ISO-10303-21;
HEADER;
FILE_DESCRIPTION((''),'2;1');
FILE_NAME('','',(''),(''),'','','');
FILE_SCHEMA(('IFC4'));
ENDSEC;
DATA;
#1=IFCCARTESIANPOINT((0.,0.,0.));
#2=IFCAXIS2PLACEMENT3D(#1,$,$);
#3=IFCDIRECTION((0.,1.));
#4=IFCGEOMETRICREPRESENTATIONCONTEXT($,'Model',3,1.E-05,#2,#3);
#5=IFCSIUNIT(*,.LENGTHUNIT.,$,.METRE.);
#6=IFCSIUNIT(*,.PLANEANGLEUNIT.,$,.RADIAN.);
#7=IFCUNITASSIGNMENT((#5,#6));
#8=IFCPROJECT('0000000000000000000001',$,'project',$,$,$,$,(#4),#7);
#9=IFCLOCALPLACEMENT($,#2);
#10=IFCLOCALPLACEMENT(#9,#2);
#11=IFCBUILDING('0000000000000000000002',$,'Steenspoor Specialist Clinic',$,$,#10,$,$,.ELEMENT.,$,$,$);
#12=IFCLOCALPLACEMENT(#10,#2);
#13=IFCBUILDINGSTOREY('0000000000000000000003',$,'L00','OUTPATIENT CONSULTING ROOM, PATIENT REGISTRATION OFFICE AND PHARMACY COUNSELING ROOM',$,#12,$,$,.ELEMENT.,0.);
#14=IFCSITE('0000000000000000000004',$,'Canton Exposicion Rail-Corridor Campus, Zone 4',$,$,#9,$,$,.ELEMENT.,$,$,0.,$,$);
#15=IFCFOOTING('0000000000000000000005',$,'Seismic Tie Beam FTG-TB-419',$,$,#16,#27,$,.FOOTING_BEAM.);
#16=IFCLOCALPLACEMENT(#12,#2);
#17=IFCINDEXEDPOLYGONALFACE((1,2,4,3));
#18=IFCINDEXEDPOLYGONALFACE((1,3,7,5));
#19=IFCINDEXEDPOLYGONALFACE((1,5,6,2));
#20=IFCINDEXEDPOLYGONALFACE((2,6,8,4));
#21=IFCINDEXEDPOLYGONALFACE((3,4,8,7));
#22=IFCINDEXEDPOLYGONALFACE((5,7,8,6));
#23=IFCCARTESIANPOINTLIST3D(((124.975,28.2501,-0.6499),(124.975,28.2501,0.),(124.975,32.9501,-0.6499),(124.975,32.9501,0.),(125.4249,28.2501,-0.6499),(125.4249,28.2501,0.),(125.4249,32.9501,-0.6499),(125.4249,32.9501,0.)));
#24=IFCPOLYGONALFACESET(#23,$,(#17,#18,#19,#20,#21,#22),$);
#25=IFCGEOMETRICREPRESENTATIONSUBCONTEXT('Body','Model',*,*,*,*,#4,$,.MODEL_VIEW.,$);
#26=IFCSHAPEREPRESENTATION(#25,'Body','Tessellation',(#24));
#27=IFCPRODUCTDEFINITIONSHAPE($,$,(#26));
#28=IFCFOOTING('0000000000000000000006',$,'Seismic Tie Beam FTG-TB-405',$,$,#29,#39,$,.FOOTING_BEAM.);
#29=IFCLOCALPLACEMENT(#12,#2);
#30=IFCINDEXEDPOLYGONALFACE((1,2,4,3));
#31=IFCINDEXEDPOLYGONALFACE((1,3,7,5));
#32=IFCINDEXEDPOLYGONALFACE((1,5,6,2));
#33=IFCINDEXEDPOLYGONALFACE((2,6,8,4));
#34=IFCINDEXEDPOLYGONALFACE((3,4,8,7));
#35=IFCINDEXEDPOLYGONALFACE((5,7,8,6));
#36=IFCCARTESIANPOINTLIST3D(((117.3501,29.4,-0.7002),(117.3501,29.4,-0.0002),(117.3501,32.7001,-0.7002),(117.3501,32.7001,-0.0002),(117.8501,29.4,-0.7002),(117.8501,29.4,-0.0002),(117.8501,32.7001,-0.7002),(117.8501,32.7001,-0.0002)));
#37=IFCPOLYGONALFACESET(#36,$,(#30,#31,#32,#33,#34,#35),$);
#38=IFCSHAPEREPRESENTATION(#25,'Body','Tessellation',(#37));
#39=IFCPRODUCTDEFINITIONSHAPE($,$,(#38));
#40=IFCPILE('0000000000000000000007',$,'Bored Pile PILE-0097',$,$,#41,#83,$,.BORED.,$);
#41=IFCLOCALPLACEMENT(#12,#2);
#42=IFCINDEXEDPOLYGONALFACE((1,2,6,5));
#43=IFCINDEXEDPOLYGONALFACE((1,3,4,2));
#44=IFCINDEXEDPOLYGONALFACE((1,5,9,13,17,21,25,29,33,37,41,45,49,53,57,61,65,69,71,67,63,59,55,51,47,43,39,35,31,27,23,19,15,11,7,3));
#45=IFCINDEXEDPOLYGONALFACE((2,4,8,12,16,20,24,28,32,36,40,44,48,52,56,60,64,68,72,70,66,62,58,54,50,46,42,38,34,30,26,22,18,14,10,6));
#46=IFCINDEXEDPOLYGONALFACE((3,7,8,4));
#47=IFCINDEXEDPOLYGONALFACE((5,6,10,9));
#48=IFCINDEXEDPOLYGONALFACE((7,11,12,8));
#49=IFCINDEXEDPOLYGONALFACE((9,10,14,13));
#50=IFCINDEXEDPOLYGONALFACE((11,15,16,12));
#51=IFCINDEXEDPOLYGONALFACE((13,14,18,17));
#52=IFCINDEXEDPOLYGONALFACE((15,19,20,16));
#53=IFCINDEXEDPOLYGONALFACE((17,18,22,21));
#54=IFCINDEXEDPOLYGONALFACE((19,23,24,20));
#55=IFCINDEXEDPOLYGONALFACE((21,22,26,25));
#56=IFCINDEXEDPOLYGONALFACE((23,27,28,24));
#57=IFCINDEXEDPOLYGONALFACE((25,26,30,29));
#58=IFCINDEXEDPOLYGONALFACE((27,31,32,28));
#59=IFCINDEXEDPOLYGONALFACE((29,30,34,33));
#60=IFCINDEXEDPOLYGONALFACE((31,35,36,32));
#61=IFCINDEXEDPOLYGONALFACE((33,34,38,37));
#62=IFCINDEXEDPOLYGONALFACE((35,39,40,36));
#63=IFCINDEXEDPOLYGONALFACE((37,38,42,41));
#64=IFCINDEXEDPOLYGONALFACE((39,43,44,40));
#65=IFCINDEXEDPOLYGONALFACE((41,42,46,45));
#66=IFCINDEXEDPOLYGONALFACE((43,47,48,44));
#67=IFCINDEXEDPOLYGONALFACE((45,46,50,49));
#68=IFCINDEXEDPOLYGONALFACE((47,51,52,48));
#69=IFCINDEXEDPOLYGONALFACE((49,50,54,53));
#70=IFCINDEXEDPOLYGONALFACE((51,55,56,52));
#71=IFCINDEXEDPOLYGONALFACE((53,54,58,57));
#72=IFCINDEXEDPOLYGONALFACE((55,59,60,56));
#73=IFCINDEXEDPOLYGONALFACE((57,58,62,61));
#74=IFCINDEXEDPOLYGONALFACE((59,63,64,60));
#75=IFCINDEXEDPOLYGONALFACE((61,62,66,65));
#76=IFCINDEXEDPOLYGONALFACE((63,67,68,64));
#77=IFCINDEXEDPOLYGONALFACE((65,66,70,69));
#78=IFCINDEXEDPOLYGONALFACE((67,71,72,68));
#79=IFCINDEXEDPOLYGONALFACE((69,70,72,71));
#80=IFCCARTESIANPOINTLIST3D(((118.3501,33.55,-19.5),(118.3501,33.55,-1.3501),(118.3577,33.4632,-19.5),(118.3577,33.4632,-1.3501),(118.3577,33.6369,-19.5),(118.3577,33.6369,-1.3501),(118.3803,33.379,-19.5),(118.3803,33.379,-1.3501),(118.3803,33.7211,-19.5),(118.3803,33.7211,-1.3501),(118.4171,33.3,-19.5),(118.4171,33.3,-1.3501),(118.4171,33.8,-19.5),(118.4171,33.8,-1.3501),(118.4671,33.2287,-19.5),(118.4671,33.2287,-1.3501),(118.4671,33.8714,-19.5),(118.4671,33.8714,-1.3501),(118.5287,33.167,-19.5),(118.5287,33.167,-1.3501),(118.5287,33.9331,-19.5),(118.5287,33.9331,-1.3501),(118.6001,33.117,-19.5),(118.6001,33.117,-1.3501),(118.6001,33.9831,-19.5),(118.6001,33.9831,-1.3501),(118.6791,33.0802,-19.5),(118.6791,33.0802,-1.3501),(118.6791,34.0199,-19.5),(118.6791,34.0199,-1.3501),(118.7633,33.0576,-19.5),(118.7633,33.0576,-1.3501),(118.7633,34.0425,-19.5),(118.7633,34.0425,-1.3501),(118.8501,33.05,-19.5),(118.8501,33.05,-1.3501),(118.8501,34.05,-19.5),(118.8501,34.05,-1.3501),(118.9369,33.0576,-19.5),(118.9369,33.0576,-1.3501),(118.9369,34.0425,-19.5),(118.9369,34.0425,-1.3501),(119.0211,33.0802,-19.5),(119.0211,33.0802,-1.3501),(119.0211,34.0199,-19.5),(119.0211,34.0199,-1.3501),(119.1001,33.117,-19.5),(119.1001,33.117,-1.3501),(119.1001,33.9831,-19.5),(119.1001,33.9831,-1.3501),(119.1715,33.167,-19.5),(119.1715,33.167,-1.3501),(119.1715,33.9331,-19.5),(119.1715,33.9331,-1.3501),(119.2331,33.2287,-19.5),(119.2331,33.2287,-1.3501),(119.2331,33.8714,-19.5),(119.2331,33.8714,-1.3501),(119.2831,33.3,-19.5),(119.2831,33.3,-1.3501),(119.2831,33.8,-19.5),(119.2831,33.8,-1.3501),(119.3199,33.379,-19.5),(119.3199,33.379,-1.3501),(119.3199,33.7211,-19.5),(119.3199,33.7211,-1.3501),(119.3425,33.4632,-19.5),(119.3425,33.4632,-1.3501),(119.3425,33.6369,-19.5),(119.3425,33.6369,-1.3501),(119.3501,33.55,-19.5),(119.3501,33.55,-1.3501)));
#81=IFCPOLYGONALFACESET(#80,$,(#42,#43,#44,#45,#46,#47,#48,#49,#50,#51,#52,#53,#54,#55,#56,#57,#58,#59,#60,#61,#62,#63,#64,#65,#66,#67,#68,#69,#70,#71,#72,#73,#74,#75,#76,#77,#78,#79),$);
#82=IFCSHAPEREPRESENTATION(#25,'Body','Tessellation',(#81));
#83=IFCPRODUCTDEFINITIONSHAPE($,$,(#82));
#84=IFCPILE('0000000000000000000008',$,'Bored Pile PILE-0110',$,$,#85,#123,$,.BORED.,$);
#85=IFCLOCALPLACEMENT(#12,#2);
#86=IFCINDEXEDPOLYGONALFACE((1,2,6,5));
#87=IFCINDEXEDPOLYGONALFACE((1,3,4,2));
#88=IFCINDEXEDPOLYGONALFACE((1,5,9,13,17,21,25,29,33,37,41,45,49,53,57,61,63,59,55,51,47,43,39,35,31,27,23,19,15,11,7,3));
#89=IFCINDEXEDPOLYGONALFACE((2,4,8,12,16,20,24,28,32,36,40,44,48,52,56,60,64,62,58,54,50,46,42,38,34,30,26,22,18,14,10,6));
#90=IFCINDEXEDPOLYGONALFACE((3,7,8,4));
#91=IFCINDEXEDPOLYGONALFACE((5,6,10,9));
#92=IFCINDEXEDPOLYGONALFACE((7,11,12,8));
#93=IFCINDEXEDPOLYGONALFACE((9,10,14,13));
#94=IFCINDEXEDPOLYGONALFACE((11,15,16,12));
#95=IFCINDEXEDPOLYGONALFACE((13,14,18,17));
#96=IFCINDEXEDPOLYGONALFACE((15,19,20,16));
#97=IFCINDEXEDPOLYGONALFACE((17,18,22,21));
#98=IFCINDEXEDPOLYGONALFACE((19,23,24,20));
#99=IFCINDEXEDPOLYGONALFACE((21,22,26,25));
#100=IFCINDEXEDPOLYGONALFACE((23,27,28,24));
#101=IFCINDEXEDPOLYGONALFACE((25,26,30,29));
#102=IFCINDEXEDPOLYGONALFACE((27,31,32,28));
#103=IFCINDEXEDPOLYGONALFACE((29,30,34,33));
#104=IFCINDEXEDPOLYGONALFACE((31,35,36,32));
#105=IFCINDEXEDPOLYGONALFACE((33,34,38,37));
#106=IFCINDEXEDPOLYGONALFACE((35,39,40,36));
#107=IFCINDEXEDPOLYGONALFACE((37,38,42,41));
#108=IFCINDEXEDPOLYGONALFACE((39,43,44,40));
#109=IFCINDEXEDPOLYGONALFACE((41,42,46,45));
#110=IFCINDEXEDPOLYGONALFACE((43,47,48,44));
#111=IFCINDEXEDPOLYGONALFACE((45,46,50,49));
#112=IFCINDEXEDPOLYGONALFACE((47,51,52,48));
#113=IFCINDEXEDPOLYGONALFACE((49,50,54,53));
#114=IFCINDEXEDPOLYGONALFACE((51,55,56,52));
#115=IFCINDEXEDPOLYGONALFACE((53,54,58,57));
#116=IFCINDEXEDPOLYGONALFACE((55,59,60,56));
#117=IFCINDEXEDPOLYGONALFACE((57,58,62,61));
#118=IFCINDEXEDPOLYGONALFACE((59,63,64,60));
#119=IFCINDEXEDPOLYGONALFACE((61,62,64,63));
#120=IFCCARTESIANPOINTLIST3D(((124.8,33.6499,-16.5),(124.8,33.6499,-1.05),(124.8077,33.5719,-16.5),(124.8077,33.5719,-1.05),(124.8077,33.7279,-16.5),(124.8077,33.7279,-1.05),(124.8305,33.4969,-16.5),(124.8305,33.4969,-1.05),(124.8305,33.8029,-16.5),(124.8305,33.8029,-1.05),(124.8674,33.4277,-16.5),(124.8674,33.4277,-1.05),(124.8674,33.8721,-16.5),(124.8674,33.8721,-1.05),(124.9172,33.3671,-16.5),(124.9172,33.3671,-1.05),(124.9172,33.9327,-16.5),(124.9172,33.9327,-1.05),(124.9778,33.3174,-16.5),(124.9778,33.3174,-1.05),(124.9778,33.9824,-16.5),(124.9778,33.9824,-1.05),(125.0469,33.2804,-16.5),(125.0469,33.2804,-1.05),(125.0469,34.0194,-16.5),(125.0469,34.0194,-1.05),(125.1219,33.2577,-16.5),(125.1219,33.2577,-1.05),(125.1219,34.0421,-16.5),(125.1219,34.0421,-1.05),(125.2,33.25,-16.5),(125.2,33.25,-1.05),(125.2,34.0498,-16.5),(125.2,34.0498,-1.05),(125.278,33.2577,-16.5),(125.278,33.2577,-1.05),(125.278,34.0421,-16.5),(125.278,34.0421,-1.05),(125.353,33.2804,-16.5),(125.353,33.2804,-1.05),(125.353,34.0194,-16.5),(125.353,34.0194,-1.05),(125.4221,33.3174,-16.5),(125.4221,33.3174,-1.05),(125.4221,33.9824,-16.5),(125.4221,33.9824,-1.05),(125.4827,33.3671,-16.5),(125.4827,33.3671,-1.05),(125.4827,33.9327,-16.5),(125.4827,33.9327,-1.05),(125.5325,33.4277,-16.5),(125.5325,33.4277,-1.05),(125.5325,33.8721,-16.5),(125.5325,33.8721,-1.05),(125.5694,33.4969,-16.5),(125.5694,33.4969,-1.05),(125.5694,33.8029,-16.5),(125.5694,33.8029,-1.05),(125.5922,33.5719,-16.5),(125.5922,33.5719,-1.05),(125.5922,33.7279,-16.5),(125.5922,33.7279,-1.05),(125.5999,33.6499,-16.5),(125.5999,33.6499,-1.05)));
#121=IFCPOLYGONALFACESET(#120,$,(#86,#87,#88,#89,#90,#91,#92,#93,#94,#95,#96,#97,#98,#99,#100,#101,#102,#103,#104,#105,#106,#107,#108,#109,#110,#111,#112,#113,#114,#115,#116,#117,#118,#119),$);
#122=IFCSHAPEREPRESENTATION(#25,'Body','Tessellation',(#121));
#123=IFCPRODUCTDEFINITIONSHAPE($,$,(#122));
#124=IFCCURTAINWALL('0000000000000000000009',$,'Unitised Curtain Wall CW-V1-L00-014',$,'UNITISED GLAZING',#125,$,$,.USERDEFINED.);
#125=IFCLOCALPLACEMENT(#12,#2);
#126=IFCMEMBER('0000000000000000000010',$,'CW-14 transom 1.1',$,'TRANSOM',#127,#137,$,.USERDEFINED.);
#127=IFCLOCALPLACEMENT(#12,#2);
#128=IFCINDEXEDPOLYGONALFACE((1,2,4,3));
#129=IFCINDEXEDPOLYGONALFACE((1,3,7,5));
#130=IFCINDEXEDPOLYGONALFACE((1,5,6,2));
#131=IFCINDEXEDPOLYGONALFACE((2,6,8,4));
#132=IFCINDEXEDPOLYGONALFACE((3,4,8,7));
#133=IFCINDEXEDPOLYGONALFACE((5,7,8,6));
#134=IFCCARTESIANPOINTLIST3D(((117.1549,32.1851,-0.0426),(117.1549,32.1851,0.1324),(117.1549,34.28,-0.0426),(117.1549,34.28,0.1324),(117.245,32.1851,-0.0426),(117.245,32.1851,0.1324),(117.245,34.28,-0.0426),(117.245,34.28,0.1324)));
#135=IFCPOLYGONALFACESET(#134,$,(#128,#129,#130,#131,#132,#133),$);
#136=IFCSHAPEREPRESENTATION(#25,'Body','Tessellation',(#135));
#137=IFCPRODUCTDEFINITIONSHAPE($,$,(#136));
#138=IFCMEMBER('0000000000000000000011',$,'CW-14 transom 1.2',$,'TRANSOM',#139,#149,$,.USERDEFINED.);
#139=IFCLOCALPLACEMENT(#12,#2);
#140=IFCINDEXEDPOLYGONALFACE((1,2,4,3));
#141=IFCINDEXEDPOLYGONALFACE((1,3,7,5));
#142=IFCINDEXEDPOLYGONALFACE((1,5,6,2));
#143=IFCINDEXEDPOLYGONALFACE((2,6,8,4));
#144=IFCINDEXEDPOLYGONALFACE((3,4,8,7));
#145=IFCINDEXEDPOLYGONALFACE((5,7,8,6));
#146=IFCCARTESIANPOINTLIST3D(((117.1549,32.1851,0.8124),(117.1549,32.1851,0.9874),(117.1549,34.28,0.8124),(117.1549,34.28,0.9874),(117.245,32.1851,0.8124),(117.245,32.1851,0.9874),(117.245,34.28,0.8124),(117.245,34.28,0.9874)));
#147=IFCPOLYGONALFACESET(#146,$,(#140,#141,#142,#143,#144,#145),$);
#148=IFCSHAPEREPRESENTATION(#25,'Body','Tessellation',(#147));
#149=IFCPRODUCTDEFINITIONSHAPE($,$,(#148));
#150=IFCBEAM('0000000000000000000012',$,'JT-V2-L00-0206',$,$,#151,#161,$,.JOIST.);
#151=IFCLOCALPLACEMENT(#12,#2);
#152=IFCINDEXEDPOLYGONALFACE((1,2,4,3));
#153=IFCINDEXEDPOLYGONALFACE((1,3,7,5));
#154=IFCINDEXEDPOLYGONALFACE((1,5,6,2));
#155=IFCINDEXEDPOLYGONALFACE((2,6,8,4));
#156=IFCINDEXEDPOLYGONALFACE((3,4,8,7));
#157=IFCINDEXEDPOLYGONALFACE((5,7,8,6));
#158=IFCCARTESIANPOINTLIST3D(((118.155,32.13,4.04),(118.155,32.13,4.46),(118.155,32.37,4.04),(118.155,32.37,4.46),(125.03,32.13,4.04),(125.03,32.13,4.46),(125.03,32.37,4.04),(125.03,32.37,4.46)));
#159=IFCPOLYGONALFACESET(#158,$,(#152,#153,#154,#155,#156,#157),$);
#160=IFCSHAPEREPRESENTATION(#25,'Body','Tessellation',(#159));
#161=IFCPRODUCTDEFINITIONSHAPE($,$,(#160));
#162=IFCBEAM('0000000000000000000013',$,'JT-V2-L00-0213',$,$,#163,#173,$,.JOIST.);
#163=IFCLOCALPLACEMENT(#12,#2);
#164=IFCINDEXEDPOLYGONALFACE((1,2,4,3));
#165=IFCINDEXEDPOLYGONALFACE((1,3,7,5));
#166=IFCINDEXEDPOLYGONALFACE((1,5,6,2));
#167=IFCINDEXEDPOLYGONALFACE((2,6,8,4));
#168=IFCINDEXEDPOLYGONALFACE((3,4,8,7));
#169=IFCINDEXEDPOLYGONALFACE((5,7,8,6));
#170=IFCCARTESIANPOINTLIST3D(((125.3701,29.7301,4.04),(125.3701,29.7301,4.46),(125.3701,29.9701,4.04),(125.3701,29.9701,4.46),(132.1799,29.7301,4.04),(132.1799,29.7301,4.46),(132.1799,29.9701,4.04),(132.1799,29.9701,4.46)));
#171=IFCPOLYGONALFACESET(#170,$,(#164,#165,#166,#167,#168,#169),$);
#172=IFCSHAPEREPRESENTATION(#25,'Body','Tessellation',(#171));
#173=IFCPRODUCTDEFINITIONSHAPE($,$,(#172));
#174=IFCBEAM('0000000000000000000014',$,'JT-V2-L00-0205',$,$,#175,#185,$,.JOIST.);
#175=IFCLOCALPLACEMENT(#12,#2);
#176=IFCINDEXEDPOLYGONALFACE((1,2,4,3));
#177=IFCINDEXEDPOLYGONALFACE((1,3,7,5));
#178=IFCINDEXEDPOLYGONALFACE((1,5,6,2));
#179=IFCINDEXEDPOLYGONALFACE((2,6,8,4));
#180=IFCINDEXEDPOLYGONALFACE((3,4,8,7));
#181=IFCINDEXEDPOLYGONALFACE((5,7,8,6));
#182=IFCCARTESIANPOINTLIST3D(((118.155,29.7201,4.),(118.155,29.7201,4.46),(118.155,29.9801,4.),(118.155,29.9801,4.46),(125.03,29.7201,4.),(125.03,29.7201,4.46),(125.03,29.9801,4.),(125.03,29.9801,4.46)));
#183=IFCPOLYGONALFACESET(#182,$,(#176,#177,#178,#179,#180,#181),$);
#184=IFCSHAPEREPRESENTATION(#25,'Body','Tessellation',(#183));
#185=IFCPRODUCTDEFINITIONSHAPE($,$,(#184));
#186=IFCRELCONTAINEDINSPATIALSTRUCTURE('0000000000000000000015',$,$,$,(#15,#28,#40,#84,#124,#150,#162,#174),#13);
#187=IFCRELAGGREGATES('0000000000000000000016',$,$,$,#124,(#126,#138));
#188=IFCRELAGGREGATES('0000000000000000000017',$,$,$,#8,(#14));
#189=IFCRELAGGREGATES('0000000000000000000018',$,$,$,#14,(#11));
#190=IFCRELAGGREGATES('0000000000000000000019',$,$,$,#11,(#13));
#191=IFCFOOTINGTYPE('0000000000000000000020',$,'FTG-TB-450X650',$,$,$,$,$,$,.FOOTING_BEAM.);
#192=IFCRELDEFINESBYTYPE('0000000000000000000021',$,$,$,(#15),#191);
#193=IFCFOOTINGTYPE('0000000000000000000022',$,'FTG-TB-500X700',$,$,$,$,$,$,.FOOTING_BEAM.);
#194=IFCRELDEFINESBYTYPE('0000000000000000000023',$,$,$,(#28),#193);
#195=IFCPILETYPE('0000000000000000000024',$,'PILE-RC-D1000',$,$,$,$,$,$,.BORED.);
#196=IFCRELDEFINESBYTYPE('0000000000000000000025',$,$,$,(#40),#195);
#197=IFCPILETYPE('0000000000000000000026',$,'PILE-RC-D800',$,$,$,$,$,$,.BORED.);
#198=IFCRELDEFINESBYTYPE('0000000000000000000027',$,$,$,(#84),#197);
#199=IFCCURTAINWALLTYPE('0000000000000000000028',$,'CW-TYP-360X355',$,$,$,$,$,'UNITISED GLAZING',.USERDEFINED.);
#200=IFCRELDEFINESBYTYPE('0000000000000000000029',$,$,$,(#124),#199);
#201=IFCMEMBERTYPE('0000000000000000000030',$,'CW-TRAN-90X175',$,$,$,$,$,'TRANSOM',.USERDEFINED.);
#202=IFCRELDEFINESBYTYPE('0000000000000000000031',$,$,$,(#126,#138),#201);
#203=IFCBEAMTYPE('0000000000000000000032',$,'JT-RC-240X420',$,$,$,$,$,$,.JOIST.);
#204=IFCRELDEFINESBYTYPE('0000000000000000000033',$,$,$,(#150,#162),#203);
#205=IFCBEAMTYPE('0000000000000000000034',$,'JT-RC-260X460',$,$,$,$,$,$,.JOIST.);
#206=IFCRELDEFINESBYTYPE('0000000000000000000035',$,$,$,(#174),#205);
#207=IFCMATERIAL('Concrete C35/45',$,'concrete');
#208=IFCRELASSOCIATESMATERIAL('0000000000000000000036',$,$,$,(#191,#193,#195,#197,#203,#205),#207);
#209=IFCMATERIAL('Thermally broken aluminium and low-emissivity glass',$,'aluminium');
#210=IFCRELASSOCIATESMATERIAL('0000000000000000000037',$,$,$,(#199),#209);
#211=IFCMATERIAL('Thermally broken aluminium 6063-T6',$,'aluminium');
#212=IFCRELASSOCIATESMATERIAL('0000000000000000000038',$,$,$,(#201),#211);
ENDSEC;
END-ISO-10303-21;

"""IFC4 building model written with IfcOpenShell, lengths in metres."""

from ifc_helpers import new_model, si_unit, direction, frame, origin, origin_2d, place, context, subcontext, project, spatial, rectangle, circle, extrude, material, material_profile, profile_set, type_object, element, aggregate, save


model = new_model("IFC4")

# Units and contexts
model_context = context("Model", 3, precision=1e-05, world=origin(), true_north=direction((0.0, 1.0)))
body_context = subcontext(model_context, "Body", "Model", "MODEL_VIEW")
ifc_project = project(units=[si_unit("LENGTHUNIT", "METRE"), si_unit("PLANEANGLEUNIT", "RADIAN")], contexts=[model_context])

# Site, building, storey
site_placement = place(None, origin())
site = spatial("IfcSite", under=ifc_project, at=site_placement, Name="Canton Exposicion Rail-Corridor Campus, Zone 4", CompositionType="ELEMENT", RefElevation=0.0)
building_placement = place(site_placement, origin())
building = spatial("IfcBuilding", under=site, at=building_placement, Name="Steenspoor Specialist Clinic", CompositionType="ELEMENT")
storey_placement = place(building_placement, origin())
storey = spatial("IfcBuildingStorey", under=building, at=storey_placement, Name="L00", Description="OUTPATIENT CONSULTING ROOM, PATIENT REGISTRATION OFFICE AND PHARMACY COUNSELING ROOM", CompositionType="ELEMENT", Elevation=0.0)

# Footings
ifc_material_1 = material(Name="Concrete C35/45", Category="concrete")
footing_type_1 = type_object("IfcFootingType", Name="FTG-TB-450X650", PredefinedType="FOOTING_BEAM", material=ifc_material_1)
footing_1_placement = place(storey_placement, frame((125.2, 30.6001, -0.6499), z_axis=(0.0, 0.0, 1.0), x_axis=(1.0, 0.0, 0.0)))
element("IfcFooting", 1, at=footing_1_placement, inside=storey, type_object=footing_type_1, Name="Seismic Tie Beam FTG-TB-419", PredefinedType="FOOTING_BEAM", context=body_context, shape_type="SweptSolid", body=[
    extrude(rectangle(XDim=0.45, YDim=4.7, at=origin_2d()), origin(), (0.0, 0.0, 1.0), 0.6499),
])
footing_type_2 = type_object("IfcFootingType", Name="FTG-TB-500X700", PredefinedType="FOOTING_BEAM", material=ifc_material_1)
footing_2_placement = place(storey_placement, frame((117.6001, 31.05, -0.7002), z_axis=(0.0, 0.0, 1.0), x_axis=(1.0, 0.0, 0.0)))
element("IfcFooting", 2, at=footing_2_placement, inside=storey, type_object=footing_type_2, Name="Seismic Tie Beam FTG-TB-405", PredefinedType="FOOTING_BEAM", context=body_context, shape_type="SweptSolid", body=[
    extrude(rectangle(XDim=0.5, YDim=3.3, at=origin_2d()), origin(), (0.0, 0.0, 1.0), 0.7),
])

# Piles
ifc_material_profile_1 = material_profile(ifc_material_1, circle(Radius=0.5, at=origin_2d()), Name="PILE-D1000")
ifc_profile_set_1 = profile_set([ifc_material_profile_1], Name="Concrete C35/45")
pile_type_1 = type_object("IfcPileType", Name="PILE-RC-D1000", PredefinedType="BORED", material=ifc_profile_set_1)
pile_1_placement = place(storey_placement, frame((118.8501, 33.55, -1.3501), z_axis=(0.0, 0.0, -1.0), x_axis=(1.0, 0.0, 0.0)))
element("IfcPile", 3, at=pile_1_placement, inside=storey, type_object=pile_type_1, Name="Bored Pile PILE-0097", PredefinedType="BORED", context=body_context, shape_type="SweptSolid", body=[
    extrude(circle(Radius=0.5, at=origin_2d()), origin(), (0.0, 0.0, 1.0), 18.1499),
])
ifc_material_profile_2 = material_profile(ifc_material_1, circle(Radius=0.3999, at=origin_2d()), Name="PILE-D800")
ifc_profile_set_2 = profile_set([ifc_material_profile_2], Name="Concrete C35/45")
pile_type_2 = type_object("IfcPileType", Name="PILE-RC-D800", PredefinedType="BORED", material=ifc_profile_set_2)
pile_2_placement = place(storey_placement, frame((125.2, 33.6499, -1.05), z_axis=(0.0, 0.0, -1.0), x_axis=(1.0, 0.0, 0.0)))
element("IfcPile", 4, at=pile_2_placement, inside=storey, type_object=pile_type_2, Name="Bored Pile PILE-0110", PredefinedType="BORED", context=body_context, shape_type="SweptSolid", body=[
    extrude(circle(Radius=0.3999, at=origin_2d()), origin(), (0.0, 0.0, 1.0), 15.45),
])

# Curtain wall, members
ifc_material_2 = material(Name="Thermally broken aluminium and low-emissivity glass", Category="aluminium")
curtain_wall_type = type_object("IfcCurtainWallType", Name="CW-TYP-360X355", ElementType="UNITISED GLAZING", PredefinedType="USERDEFINED", material=ifc_material_2)
curtain_wall_placement = place(storey_placement, origin())
curtain_wall = element("IfcCurtainWall", 5, at=curtain_wall_placement, inside=storey, type_object=curtain_wall_type, Name="Unitised Curtain Wall CW-V1-L00-014", ObjectType="UNITISED GLAZING", PredefinedType="USERDEFINED")
ifc_material_3 = material(Name="Thermally broken aluminium 6063-T6", Category="aluminium")
ifc_material_profile_3 = material_profile(ifc_material_3, rectangle(XDim=0.0901, YDim=0.175, at=origin_2d()), Name="CWT-90X175")
ifc_profile_set_3 = profile_set([ifc_material_profile_3], Name="Thermally broken aluminium 6063-T6")
member_type = type_object("IfcMemberType", Name="CW-TRAN-90X175", ElementType="TRANSOM", PredefinedType="USERDEFINED", material=ifc_profile_set_3)
member_1_placement = place(storey_placement, frame((117.2, 34.28, 0.0449), z_axis=(0.0, -1.0, 0.0), x_axis=(1.0, 0.0, 0.0)))
member_1 = element("IfcMember", 6, at=member_1_placement, type_object=member_type, Name="CW-14 transom 1.1", ObjectType="TRANSOM", PredefinedType="USERDEFINED", context=body_context, shape_type="SweptSolid", body=[
    extrude(rectangle(XDim=0.0901, YDim=0.175, at=origin_2d()), origin(), (0.0, 0.0, 1.0), 2.095),
])
member_2_placement = place(storey_placement, frame((117.2, 34.28, 0.8999), z_axis=(0.0, -1.0, 0.0), x_axis=(1.0, 0.0, 0.0)))
member_2 = element("IfcMember", 7, at=member_2_placement, type_object=member_type, Name="CW-14 transom 1.2", ObjectType="TRANSOM", PredefinedType="USERDEFINED", context=body_context, shape_type="SweptSolid", body=[
    extrude(rectangle(XDim=0.0901, YDim=0.175, at=origin_2d()), origin(), (0.0, 0.0, 1.0), 2.095),
])
aggregate(curtain_wall, [member_1, member_2])

# Beams
ifc_material_profile_4 = material_profile(ifc_material_1, rectangle(XDim=0.24, YDim=0.4199, at=origin_2d()), Name="RC-JT-240X420")
ifc_profile_set_4 = profile_set([ifc_material_profile_4], Name="Concrete C35/45")
beam_type_1 = type_object("IfcBeamType", Name="JT-RC-240X420", PredefinedType="JOIST", material=ifc_profile_set_4)
beam_1_placement = place(storey_placement, frame((118.155, 32.25, 4.25), z_axis=(1.0, 0.0, 0.0), x_axis=(0.0, 1.0, 0.0)))
element("IfcBeam", 8, at=beam_1_placement, inside=storey, type_object=beam_type_1, Name="JT-V2-L00-0206", PredefinedType="JOIST", context=body_context, shape_type="SweptSolid", body=[
    extrude(rectangle(XDim=0.24, YDim=0.4199, at=origin_2d()), origin(), (0.0, 0.0, 1.0), 6.875),
])
beam_2_placement = place(storey_placement, frame((125.3701, 29.8501, 4.25), z_axis=(1.0, 0.0, 0.0), x_axis=(0.0, 1.0, 0.0)))
element("IfcBeam", 9, at=beam_2_placement, inside=storey, type_object=beam_type_1, Name="JT-V2-L00-0213", PredefinedType="JOIST", context=body_context, shape_type="SweptSolid", body=[
    extrude(rectangle(XDim=0.24, YDim=0.4199, at=origin_2d()), origin(), (0.0, 0.0, 1.0), 6.8098),
])
ifc_material_profile_5 = material_profile(ifc_material_1, rectangle(XDim=0.26, YDim=0.46, at=origin_2d()), Name="RC-JT-260X460")
ifc_profile_set_5 = profile_set([ifc_material_profile_5], Name="Concrete C35/45")
beam_type_2 = type_object("IfcBeamType", Name="JT-RC-260X460", PredefinedType="JOIST", material=ifc_profile_set_5)
beam_3_placement = place(storey_placement, frame((118.155, 29.8501, 4.23), z_axis=(1.0, 0.0, 0.0), x_axis=(0.0, 1.0, 0.0)))
element("IfcBeam", 10, at=beam_3_placement, inside=storey, type_object=beam_type_2, Name="JT-V2-L00-0205", PredefinedType="JOIST", context=body_context, shape_type="SweptSolid", body=[
    extrude(rectangle(XDim=0.26, YDim=0.46, at=origin_2d()), origin(), (0.0, 0.0, 1.0), 6.875),
])

save(model, "model.ifc")
